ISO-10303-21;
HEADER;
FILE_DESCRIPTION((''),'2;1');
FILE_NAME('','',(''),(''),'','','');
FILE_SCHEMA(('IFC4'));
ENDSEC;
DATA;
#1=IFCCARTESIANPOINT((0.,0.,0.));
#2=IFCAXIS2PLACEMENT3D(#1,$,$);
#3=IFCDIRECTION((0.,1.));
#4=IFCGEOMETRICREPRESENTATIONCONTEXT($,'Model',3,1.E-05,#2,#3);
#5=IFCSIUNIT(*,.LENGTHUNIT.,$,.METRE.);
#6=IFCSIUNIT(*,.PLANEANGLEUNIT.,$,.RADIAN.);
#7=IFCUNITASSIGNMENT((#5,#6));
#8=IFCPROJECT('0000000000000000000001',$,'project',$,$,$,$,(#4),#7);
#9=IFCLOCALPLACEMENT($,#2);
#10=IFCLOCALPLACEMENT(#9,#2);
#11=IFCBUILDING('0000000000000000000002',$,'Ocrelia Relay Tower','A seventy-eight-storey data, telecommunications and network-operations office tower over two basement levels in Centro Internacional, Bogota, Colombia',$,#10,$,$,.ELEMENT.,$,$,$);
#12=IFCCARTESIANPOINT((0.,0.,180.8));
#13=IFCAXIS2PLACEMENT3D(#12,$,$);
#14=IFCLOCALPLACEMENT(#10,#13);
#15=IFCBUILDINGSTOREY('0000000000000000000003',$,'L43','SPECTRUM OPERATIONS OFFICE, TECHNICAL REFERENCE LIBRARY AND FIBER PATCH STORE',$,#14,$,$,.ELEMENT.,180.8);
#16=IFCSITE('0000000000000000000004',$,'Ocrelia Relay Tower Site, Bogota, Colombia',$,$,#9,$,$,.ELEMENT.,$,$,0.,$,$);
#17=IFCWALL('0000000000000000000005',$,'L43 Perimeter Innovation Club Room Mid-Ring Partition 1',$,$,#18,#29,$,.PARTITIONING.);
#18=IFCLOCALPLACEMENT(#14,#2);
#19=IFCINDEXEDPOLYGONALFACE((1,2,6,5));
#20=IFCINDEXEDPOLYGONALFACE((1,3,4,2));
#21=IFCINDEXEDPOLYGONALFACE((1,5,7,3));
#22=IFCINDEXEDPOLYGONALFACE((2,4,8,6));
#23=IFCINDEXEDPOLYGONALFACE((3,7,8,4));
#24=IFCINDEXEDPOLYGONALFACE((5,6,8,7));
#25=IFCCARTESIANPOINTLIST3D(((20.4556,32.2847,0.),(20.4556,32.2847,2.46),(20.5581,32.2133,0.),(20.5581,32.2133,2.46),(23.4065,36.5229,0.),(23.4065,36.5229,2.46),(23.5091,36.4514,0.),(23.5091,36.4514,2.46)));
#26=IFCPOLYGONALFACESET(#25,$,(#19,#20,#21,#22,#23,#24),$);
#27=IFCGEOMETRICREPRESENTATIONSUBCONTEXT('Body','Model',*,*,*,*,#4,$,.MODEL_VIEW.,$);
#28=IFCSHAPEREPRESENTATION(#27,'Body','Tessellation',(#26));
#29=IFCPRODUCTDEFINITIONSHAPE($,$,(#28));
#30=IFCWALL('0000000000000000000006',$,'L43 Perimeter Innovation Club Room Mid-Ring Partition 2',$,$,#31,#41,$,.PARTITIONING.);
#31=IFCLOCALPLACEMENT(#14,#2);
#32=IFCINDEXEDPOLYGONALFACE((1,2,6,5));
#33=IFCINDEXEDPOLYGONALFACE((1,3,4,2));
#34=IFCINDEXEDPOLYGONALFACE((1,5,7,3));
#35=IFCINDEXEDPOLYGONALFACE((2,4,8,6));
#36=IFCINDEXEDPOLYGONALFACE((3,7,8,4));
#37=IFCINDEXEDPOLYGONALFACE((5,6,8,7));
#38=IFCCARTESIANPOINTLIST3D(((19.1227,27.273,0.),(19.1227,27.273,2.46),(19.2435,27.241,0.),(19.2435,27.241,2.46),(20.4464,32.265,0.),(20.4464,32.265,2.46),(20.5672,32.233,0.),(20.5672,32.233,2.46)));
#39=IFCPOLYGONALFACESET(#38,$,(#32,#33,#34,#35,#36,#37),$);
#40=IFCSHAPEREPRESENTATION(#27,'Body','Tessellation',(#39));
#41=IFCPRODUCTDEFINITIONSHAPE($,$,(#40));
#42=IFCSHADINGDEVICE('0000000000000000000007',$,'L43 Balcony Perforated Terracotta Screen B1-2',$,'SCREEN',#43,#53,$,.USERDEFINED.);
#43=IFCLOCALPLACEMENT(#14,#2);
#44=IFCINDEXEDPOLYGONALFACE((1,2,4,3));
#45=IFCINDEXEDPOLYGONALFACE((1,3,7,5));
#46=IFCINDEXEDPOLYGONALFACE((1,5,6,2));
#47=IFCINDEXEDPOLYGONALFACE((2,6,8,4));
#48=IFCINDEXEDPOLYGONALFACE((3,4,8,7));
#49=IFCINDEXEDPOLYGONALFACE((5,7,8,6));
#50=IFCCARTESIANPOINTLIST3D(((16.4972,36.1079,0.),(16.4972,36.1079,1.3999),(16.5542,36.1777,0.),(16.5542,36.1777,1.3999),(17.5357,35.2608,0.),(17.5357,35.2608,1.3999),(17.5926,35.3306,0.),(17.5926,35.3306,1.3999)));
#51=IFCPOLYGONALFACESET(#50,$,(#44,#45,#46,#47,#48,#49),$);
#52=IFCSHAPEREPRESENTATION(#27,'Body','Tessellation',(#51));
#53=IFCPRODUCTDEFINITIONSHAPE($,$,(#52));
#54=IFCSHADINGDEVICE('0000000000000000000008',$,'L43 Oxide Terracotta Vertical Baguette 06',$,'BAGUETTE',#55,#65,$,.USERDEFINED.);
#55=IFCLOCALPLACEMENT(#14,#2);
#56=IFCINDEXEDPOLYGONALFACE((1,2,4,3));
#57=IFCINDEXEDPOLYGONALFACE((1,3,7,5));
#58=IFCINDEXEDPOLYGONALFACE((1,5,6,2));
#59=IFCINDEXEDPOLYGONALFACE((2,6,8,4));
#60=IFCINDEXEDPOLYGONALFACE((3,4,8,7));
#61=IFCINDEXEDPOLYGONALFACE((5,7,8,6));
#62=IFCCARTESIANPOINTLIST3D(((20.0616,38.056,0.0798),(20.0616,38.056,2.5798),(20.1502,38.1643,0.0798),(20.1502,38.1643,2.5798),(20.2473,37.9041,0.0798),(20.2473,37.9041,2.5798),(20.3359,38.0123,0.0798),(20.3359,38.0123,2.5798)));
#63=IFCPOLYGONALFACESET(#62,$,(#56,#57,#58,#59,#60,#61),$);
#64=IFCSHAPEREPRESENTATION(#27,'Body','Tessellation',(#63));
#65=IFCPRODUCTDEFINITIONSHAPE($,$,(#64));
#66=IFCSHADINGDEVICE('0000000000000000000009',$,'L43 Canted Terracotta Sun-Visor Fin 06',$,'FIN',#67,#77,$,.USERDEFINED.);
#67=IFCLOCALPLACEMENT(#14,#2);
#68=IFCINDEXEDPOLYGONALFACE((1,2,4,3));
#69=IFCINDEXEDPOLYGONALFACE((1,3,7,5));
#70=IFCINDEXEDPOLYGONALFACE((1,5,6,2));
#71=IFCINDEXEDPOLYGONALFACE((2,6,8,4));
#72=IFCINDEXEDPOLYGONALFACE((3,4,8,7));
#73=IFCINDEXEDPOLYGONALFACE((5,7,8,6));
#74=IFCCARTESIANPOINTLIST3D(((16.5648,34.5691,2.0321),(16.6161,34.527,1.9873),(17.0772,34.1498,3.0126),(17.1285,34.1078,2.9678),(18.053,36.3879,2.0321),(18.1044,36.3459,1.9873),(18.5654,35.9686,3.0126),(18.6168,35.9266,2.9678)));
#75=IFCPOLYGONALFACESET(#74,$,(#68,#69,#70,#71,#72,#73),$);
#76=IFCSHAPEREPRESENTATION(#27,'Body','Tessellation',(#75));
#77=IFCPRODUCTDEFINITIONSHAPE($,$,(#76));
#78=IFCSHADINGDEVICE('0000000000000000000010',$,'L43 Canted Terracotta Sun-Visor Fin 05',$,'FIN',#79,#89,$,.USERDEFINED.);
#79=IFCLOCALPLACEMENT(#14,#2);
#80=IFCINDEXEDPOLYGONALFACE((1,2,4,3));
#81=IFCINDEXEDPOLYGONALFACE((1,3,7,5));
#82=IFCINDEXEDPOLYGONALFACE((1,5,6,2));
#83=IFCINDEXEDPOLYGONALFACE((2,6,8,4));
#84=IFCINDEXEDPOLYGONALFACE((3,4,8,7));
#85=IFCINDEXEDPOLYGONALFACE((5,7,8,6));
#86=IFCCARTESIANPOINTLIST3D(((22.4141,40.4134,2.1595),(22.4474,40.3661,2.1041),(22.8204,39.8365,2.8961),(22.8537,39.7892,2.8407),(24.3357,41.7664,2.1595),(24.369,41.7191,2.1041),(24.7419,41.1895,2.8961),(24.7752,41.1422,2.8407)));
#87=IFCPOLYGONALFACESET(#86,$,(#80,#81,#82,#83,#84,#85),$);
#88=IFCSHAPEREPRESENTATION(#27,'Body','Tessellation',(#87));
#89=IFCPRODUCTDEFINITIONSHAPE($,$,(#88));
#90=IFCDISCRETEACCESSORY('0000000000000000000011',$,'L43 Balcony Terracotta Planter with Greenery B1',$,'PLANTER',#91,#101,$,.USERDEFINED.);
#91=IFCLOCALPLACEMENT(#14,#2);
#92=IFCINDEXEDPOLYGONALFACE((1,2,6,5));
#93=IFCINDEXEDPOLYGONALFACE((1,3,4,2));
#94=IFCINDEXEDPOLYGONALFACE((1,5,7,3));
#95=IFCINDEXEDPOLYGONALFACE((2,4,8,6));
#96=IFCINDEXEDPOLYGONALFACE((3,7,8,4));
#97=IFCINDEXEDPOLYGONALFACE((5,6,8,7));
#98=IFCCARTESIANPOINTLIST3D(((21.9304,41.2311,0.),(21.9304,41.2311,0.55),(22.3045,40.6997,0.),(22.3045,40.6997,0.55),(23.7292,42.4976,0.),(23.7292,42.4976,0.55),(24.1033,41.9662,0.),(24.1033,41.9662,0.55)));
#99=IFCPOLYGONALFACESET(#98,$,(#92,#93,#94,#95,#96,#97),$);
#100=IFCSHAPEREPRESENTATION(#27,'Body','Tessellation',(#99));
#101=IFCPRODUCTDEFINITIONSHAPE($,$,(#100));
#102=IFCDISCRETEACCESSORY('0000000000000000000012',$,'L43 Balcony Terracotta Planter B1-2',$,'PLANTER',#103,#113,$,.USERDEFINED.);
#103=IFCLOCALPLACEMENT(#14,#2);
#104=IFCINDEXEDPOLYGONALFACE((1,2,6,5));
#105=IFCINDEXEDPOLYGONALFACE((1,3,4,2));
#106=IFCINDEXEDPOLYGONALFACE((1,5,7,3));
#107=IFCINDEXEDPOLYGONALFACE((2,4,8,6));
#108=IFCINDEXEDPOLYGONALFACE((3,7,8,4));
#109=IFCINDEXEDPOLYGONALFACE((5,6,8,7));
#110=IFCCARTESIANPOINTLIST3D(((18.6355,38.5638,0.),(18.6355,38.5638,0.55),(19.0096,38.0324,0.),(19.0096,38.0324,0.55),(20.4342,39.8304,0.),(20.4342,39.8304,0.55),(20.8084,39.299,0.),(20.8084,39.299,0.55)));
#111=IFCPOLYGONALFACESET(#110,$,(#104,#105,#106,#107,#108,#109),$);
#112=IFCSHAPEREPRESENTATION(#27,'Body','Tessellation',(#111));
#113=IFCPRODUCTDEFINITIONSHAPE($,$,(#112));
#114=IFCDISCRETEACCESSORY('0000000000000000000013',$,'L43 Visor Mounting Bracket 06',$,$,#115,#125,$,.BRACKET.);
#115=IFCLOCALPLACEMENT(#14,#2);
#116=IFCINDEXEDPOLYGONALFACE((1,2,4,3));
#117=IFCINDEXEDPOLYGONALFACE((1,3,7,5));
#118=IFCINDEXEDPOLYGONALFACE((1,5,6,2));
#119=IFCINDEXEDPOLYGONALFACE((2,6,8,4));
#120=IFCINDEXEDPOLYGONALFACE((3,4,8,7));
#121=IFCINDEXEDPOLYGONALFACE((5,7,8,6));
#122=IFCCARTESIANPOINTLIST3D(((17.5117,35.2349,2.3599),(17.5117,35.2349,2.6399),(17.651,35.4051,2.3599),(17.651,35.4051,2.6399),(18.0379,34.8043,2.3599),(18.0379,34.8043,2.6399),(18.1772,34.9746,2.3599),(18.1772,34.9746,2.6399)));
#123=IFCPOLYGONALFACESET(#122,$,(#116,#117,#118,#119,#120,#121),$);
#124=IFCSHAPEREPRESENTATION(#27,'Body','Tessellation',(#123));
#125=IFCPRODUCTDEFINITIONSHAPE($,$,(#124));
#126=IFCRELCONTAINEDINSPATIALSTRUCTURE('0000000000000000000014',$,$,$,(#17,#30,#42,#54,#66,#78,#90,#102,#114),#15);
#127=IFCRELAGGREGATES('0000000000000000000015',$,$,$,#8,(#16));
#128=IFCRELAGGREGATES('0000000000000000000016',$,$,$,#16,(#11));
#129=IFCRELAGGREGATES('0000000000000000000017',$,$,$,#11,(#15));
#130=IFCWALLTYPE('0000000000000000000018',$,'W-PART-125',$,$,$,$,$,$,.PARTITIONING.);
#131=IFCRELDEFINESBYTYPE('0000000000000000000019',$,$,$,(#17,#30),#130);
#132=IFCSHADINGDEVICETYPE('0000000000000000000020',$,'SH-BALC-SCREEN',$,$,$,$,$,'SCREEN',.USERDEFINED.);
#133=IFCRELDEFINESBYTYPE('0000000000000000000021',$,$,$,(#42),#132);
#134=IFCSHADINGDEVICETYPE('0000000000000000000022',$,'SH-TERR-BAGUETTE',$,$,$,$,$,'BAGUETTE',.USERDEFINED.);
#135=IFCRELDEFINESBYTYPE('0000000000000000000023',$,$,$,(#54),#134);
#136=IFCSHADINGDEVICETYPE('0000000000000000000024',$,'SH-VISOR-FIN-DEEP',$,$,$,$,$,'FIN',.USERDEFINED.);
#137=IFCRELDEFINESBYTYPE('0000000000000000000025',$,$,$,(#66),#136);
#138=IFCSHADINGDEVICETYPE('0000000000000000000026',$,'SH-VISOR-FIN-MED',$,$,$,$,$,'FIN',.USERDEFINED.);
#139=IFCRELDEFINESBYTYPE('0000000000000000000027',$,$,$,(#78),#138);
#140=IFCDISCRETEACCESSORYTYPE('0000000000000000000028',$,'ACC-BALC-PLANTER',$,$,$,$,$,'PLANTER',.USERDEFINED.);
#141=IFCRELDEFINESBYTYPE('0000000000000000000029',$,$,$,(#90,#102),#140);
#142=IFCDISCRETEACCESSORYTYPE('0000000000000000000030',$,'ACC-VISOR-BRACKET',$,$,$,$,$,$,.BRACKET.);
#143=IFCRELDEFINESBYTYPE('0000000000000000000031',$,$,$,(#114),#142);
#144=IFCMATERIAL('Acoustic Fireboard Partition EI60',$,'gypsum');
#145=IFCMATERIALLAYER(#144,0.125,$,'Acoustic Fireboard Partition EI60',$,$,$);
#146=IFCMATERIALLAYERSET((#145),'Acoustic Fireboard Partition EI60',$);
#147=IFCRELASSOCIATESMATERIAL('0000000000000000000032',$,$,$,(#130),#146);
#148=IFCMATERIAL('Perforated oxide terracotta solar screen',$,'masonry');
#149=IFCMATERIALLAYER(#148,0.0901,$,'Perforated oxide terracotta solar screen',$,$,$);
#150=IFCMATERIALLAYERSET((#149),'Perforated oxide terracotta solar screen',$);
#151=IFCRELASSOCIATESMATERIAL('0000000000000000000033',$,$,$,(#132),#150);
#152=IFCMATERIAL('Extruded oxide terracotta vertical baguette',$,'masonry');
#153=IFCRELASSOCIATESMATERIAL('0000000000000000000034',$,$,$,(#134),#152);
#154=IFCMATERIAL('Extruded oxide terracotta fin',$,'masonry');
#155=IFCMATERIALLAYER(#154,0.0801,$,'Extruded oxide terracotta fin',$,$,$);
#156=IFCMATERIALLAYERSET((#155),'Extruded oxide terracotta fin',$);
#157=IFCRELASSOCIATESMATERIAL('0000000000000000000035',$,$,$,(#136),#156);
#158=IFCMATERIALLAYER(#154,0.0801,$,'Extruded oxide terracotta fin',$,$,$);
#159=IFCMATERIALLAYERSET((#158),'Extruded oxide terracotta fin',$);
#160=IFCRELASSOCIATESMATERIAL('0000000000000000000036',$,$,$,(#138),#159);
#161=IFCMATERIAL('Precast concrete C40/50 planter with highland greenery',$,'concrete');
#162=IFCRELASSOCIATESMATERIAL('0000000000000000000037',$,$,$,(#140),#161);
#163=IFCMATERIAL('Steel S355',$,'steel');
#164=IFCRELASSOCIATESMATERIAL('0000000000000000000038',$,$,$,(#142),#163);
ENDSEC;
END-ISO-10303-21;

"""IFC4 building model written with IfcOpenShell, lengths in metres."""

from ifc_helpers import new_model, si_unit, direction, frame, frame_2d, origin, origin_2d, place, context, subcontext, project, spatial, rectangle, extrude, material, layer, layer_set, type_object, element, save


model = new_model("IFC4")

# Units and contexts
model_context = context("Model", 3, precision=1e-05, world=origin(), true_north=direction((0.0, 1.0)))
body_context = subcontext(model_context, "Body", "Model", "MODEL_VIEW")
ifc_project = project(units=[si_unit("LENGTHUNIT", "METRE"), si_unit("PLANEANGLEUNIT", "RADIAN")], contexts=[model_context])

# Site, building, storey
site_placement = place(None, origin())
site = spatial("IfcSite", under=ifc_project, at=site_placement, Name="Ocrelia Relay Tower Site, Bogota, Colombia", CompositionType="ELEMENT", RefElevation=0.0)
building_placement = place(site_placement, origin())
building = spatial("IfcBuilding", under=site, at=building_placement, Name="Ocrelia Relay Tower", Description="A seventy-eight-storey data, telecommunications and network-operations office tower over two basement levels in Centro Internacional, Bogota, Colombia", CompositionType="ELEMENT")
storey_placement = place(building_placement, frame((0.0, 0.0, 180.8)))
storey = spatial("IfcBuildingStorey", under=building, at=storey_placement, Name="L43", Description="SPECTRUM OPERATIONS OFFICE, TECHNICAL REFERENCE LIBRARY AND FIBER PATCH STORE", CompositionType="ELEMENT", Elevation=180.8)

# Shared definitions
ifc_material_1 = material(Name="Steel S355", Category="steel")

# Walls
ifc_material_2 = material(Name="Acoustic Fireboard Partition EI60", Category="gypsum")
ifc_layer_1 = layer(ifc_material_2, 0.125, Name="Acoustic Fireboard Partition EI60")
ifc_layer_set_1 = layer_set([ifc_layer_1], Name="Acoustic Fireboard Partition EI60")
wall_type_1 = type_object("IfcWallType", Name="W-PART-125", PredefinedType="PARTITIONING", material=ifc_layer_set_1)
wall_1_placement = place(storey_placement, frame((23.4578, 36.4871, 0.0), z_axis=(0.0, 0.0, 1.0), x_axis=(-0.57142, -0.820657, 0.0)))
element("IfcWall", 1, at=wall_1_placement, inside=storey, type_object=wall_type_1, Name="L43 Perimeter Innovation Club Room Mid-Ring Partition 1", PredefinedType="PARTITIONING", context=body_context, shape_type="SweptSolid", body=[
    extrude(rectangle(XDim=5.1643, YDim=0.125, at=frame_2d((2.582, 0.0))), origin(), (0.0, 0.0, 1.0), 2.46),
])
wall_2_placement = place(storey_placement, frame((20.5068, 32.249, 0.0), z_axis=(0.0, 0.0, 1.0), x_axis=(-0.256315, -0.966593, 0.0)))
element("IfcWall", 2, at=wall_2_placement, inside=storey, type_object=wall_type_1, Name="L43 Perimeter Innovation Club Room Mid-Ring Partition 2", PredefinedType="PARTITIONING", context=body_context, shape_type="SweptSolid", body=[
    extrude(rectangle(XDim=5.1646, YDim=0.125, at=frame_2d((2.5823, 0.0))), origin(), (0.0, 0.0, 1.0), 2.46),
])

# Shading devices
ifc_material_3 = material(Name="Perforated oxide terracotta solar screen", Category="masonry")
ifc_layer_2 = layer(ifc_material_3, 0.0901, Name="Perforated oxide terracotta solar screen")
ifc_layer_set_2 = layer_set([ifc_layer_2], Name="Perforated oxide terracotta solar screen")
shading_device_type_1 = type_object("IfcShadingDeviceType", Name="SH-BALC-SCREEN", ElementType="SCREEN", PredefinedType="USERDEFINED", material=ifc_layer_set_2)
shading_device_1_placement = place(storey_placement, frame((17.0449, 35.7192, 0.0), z_axis=(0.0, 0.0, 1.0), x_axis=(-0.774896, 0.632088, 0.0)))
element("IfcShadingDevice", 3, at=shading_device_1_placement, inside=storey, type_object=shading_device_type_1, Name="L43 Balcony Perforated Terracotta Screen B1-2", ObjectType="SCREEN", PredefinedType="USERDEFINED", context=body_context, shape_type="SweptSolid", body=[
    extrude(rectangle(XDim=1.3401, YDim=0.0901, at=origin_2d()), origin(), (0.0, 0.0, 1.0), 1.3999),
])
ifc_material_4 = material(Name="Extruded oxide terracotta vertical baguette", Category="masonry")
shading_device_type_2 = type_object("IfcShadingDeviceType", Name="SH-TERR-BAGUETTE", ElementType="BAGUETTE", PredefinedType="USERDEFINED", material=ifc_material_4)
shading_device_2_placement = place(storey_placement, frame((20.1987, 38.0342, 0.0798), z_axis=(0.0, 0.0, 1.0), x_axis=(-0.633266, -0.773934, 0.0)))
element("IfcShadingDevice", 4, at=shading_device_2_placement, inside=storey, type_object=shading_device_type_2, Name="L43 Oxide Terracotta Vertical Baguette 06", ObjectType="BAGUETTE", PredefinedType="USERDEFINED", context=body_context, shape_type="SweptSolid", body=[
    extrude(rectangle(XDim=0.1399, YDim=0.24, at=origin_2d()), origin(), (0.0, 0.0, 1.0), 2.5),
])
ifc_material_5 = material(Name="Extruded oxide terracotta fin", Category="masonry")
ifc_layer_3 = layer(ifc_material_5, 0.0801, Name="Extruded oxide terracotta fin")
ifc_layer_set_3 = layer_set([ifc_layer_3], Name="Extruded oxide terracotta fin")
shading_device_type_3 = type_object("IfcShadingDeviceType", Name="SH-VISOR-FIN-DEEP", ElementType="FIN", PredefinedType="USERDEFINED", material=ifc_layer_set_3)
shading_device_3_placement = place(storey_placement, frame((17.6165, 35.2268, 2.4775), z_axis=(-0.641394, 0.524816, 0.559627), x_axis=(-0.633266, -0.773934, 0.0)))
element("IfcShadingDevice", 5, at=shading_device_3_placement, inside=storey, type_object=shading_device_type_3, Name="L43 Canted Terracotta Sun-Visor Fin 06", ObjectType="FIN", PredefinedType="USERDEFINED", context=body_context, shape_type="SweptSolid", body=[
    extrude(rectangle(XDim=2.3501, YDim=1.1831, at=origin_2d()), origin(), (0.0, 0.0, 1.0), 0.0801),
])
ifc_layer_4 = layer(ifc_material_5, 0.0801, Name="Extruded oxide terracotta fin")
ifc_layer_set_4 = layer_set([ifc_layer_4], Name="Extruded oxide terracotta fin")
shading_device_type_4 = type_object("IfcShadingDeviceType", Name="SH-VISOR-FIN-MED", ElementType="FIN", PredefinedType="USERDEFINED", material=ifc_layer_set_4)
shading_device_4_placement = place(storey_placement, frame((23.6113, 40.7542, 2.4724), z_axis=(-0.415739, 0.590442, 0.691765), x_axis=(-0.817648, -0.575718, 0.0)))
element("IfcShadingDevice", 6, at=shading_device_4_placement, inside=storey, type_object=shading_device_type_4, Name="L43 Canted Terracotta Sun-Visor Fin 05", ObjectType="FIN", PredefinedType="USERDEFINED", context=body_context, shape_type="SweptSolid", body=[
    extrude(rectangle(XDim=2.3501, YDim=1.02, at=origin_2d()), origin(), (0.0, 0.0, 1.0), 0.0801),
])

# Discrete accessories
ifc_material_6 = material(Name="Precast concrete C40/50 planter with highland greenery", Category="concrete")
discrete_accessory_type_1 = type_object("IfcDiscreteAccessoryType", Name="ACC-BALC-PLANTER", ElementType="PLANTER", PredefinedType="USERDEFINED", material=ifc_material_6)
for number, where, z_axis, x_axis, name in (
    (7, (23.0168, 41.5986, 0.0), (0.0, 0.0, 1.0), (0.817649, 0.575717, 0.0), "L43 Balcony Terracotta Planter with Greenery B1"),
    (8, (19.7219, 38.9314, 0.0), (0.0, 0.0, 1.0), (0.817649, 0.575717, 0.0), "L43 Balcony Terracotta Planter B1-2"),
):
    element("IfcDiscreteAccessory", number, at=place(storey_placement, frame(where, z_axis=z_axis, x_axis=x_axis)), inside=storey, type_object=discrete_accessory_type_1, Name=name, ObjectType="PLANTER", PredefinedType="USERDEFINED", context=body_context, shape_type="SweptSolid", body=[
        extrude(rectangle(XDim=2.2, YDim=0.6499, at=origin_2d()), origin(), (0.0, 0.0, 1.0), 0.55),
    ])
discrete_accessory_type_2 = type_object("IfcDiscreteAccessoryType", Name="ACC-VISOR-BRACKET", PredefinedType="BRACKET", material=ifc_material_1)
discrete_accessory_placement = place(storey_placement, frame((17.8445, 35.1047, 2.3599), z_axis=(0.0, 0.0, 1.0), x_axis=(-0.633266, -0.773934, 0.0)))
element("IfcDiscreteAccessory", 9, at=discrete_accessory_placement, inside=storey, type_object=discrete_accessory_type_2, Name="L43 Visor Mounting Bracket 06", PredefinedType="BRACKET", context=body_context, shape_type="SweptSolid", body=[
    extrude(rectangle(XDim=0.22, YDim=0.6799, at=origin_2d()), origin(), (0.0, 0.0, 1.0), 0.28),
])

save(model, "model.ifc")
